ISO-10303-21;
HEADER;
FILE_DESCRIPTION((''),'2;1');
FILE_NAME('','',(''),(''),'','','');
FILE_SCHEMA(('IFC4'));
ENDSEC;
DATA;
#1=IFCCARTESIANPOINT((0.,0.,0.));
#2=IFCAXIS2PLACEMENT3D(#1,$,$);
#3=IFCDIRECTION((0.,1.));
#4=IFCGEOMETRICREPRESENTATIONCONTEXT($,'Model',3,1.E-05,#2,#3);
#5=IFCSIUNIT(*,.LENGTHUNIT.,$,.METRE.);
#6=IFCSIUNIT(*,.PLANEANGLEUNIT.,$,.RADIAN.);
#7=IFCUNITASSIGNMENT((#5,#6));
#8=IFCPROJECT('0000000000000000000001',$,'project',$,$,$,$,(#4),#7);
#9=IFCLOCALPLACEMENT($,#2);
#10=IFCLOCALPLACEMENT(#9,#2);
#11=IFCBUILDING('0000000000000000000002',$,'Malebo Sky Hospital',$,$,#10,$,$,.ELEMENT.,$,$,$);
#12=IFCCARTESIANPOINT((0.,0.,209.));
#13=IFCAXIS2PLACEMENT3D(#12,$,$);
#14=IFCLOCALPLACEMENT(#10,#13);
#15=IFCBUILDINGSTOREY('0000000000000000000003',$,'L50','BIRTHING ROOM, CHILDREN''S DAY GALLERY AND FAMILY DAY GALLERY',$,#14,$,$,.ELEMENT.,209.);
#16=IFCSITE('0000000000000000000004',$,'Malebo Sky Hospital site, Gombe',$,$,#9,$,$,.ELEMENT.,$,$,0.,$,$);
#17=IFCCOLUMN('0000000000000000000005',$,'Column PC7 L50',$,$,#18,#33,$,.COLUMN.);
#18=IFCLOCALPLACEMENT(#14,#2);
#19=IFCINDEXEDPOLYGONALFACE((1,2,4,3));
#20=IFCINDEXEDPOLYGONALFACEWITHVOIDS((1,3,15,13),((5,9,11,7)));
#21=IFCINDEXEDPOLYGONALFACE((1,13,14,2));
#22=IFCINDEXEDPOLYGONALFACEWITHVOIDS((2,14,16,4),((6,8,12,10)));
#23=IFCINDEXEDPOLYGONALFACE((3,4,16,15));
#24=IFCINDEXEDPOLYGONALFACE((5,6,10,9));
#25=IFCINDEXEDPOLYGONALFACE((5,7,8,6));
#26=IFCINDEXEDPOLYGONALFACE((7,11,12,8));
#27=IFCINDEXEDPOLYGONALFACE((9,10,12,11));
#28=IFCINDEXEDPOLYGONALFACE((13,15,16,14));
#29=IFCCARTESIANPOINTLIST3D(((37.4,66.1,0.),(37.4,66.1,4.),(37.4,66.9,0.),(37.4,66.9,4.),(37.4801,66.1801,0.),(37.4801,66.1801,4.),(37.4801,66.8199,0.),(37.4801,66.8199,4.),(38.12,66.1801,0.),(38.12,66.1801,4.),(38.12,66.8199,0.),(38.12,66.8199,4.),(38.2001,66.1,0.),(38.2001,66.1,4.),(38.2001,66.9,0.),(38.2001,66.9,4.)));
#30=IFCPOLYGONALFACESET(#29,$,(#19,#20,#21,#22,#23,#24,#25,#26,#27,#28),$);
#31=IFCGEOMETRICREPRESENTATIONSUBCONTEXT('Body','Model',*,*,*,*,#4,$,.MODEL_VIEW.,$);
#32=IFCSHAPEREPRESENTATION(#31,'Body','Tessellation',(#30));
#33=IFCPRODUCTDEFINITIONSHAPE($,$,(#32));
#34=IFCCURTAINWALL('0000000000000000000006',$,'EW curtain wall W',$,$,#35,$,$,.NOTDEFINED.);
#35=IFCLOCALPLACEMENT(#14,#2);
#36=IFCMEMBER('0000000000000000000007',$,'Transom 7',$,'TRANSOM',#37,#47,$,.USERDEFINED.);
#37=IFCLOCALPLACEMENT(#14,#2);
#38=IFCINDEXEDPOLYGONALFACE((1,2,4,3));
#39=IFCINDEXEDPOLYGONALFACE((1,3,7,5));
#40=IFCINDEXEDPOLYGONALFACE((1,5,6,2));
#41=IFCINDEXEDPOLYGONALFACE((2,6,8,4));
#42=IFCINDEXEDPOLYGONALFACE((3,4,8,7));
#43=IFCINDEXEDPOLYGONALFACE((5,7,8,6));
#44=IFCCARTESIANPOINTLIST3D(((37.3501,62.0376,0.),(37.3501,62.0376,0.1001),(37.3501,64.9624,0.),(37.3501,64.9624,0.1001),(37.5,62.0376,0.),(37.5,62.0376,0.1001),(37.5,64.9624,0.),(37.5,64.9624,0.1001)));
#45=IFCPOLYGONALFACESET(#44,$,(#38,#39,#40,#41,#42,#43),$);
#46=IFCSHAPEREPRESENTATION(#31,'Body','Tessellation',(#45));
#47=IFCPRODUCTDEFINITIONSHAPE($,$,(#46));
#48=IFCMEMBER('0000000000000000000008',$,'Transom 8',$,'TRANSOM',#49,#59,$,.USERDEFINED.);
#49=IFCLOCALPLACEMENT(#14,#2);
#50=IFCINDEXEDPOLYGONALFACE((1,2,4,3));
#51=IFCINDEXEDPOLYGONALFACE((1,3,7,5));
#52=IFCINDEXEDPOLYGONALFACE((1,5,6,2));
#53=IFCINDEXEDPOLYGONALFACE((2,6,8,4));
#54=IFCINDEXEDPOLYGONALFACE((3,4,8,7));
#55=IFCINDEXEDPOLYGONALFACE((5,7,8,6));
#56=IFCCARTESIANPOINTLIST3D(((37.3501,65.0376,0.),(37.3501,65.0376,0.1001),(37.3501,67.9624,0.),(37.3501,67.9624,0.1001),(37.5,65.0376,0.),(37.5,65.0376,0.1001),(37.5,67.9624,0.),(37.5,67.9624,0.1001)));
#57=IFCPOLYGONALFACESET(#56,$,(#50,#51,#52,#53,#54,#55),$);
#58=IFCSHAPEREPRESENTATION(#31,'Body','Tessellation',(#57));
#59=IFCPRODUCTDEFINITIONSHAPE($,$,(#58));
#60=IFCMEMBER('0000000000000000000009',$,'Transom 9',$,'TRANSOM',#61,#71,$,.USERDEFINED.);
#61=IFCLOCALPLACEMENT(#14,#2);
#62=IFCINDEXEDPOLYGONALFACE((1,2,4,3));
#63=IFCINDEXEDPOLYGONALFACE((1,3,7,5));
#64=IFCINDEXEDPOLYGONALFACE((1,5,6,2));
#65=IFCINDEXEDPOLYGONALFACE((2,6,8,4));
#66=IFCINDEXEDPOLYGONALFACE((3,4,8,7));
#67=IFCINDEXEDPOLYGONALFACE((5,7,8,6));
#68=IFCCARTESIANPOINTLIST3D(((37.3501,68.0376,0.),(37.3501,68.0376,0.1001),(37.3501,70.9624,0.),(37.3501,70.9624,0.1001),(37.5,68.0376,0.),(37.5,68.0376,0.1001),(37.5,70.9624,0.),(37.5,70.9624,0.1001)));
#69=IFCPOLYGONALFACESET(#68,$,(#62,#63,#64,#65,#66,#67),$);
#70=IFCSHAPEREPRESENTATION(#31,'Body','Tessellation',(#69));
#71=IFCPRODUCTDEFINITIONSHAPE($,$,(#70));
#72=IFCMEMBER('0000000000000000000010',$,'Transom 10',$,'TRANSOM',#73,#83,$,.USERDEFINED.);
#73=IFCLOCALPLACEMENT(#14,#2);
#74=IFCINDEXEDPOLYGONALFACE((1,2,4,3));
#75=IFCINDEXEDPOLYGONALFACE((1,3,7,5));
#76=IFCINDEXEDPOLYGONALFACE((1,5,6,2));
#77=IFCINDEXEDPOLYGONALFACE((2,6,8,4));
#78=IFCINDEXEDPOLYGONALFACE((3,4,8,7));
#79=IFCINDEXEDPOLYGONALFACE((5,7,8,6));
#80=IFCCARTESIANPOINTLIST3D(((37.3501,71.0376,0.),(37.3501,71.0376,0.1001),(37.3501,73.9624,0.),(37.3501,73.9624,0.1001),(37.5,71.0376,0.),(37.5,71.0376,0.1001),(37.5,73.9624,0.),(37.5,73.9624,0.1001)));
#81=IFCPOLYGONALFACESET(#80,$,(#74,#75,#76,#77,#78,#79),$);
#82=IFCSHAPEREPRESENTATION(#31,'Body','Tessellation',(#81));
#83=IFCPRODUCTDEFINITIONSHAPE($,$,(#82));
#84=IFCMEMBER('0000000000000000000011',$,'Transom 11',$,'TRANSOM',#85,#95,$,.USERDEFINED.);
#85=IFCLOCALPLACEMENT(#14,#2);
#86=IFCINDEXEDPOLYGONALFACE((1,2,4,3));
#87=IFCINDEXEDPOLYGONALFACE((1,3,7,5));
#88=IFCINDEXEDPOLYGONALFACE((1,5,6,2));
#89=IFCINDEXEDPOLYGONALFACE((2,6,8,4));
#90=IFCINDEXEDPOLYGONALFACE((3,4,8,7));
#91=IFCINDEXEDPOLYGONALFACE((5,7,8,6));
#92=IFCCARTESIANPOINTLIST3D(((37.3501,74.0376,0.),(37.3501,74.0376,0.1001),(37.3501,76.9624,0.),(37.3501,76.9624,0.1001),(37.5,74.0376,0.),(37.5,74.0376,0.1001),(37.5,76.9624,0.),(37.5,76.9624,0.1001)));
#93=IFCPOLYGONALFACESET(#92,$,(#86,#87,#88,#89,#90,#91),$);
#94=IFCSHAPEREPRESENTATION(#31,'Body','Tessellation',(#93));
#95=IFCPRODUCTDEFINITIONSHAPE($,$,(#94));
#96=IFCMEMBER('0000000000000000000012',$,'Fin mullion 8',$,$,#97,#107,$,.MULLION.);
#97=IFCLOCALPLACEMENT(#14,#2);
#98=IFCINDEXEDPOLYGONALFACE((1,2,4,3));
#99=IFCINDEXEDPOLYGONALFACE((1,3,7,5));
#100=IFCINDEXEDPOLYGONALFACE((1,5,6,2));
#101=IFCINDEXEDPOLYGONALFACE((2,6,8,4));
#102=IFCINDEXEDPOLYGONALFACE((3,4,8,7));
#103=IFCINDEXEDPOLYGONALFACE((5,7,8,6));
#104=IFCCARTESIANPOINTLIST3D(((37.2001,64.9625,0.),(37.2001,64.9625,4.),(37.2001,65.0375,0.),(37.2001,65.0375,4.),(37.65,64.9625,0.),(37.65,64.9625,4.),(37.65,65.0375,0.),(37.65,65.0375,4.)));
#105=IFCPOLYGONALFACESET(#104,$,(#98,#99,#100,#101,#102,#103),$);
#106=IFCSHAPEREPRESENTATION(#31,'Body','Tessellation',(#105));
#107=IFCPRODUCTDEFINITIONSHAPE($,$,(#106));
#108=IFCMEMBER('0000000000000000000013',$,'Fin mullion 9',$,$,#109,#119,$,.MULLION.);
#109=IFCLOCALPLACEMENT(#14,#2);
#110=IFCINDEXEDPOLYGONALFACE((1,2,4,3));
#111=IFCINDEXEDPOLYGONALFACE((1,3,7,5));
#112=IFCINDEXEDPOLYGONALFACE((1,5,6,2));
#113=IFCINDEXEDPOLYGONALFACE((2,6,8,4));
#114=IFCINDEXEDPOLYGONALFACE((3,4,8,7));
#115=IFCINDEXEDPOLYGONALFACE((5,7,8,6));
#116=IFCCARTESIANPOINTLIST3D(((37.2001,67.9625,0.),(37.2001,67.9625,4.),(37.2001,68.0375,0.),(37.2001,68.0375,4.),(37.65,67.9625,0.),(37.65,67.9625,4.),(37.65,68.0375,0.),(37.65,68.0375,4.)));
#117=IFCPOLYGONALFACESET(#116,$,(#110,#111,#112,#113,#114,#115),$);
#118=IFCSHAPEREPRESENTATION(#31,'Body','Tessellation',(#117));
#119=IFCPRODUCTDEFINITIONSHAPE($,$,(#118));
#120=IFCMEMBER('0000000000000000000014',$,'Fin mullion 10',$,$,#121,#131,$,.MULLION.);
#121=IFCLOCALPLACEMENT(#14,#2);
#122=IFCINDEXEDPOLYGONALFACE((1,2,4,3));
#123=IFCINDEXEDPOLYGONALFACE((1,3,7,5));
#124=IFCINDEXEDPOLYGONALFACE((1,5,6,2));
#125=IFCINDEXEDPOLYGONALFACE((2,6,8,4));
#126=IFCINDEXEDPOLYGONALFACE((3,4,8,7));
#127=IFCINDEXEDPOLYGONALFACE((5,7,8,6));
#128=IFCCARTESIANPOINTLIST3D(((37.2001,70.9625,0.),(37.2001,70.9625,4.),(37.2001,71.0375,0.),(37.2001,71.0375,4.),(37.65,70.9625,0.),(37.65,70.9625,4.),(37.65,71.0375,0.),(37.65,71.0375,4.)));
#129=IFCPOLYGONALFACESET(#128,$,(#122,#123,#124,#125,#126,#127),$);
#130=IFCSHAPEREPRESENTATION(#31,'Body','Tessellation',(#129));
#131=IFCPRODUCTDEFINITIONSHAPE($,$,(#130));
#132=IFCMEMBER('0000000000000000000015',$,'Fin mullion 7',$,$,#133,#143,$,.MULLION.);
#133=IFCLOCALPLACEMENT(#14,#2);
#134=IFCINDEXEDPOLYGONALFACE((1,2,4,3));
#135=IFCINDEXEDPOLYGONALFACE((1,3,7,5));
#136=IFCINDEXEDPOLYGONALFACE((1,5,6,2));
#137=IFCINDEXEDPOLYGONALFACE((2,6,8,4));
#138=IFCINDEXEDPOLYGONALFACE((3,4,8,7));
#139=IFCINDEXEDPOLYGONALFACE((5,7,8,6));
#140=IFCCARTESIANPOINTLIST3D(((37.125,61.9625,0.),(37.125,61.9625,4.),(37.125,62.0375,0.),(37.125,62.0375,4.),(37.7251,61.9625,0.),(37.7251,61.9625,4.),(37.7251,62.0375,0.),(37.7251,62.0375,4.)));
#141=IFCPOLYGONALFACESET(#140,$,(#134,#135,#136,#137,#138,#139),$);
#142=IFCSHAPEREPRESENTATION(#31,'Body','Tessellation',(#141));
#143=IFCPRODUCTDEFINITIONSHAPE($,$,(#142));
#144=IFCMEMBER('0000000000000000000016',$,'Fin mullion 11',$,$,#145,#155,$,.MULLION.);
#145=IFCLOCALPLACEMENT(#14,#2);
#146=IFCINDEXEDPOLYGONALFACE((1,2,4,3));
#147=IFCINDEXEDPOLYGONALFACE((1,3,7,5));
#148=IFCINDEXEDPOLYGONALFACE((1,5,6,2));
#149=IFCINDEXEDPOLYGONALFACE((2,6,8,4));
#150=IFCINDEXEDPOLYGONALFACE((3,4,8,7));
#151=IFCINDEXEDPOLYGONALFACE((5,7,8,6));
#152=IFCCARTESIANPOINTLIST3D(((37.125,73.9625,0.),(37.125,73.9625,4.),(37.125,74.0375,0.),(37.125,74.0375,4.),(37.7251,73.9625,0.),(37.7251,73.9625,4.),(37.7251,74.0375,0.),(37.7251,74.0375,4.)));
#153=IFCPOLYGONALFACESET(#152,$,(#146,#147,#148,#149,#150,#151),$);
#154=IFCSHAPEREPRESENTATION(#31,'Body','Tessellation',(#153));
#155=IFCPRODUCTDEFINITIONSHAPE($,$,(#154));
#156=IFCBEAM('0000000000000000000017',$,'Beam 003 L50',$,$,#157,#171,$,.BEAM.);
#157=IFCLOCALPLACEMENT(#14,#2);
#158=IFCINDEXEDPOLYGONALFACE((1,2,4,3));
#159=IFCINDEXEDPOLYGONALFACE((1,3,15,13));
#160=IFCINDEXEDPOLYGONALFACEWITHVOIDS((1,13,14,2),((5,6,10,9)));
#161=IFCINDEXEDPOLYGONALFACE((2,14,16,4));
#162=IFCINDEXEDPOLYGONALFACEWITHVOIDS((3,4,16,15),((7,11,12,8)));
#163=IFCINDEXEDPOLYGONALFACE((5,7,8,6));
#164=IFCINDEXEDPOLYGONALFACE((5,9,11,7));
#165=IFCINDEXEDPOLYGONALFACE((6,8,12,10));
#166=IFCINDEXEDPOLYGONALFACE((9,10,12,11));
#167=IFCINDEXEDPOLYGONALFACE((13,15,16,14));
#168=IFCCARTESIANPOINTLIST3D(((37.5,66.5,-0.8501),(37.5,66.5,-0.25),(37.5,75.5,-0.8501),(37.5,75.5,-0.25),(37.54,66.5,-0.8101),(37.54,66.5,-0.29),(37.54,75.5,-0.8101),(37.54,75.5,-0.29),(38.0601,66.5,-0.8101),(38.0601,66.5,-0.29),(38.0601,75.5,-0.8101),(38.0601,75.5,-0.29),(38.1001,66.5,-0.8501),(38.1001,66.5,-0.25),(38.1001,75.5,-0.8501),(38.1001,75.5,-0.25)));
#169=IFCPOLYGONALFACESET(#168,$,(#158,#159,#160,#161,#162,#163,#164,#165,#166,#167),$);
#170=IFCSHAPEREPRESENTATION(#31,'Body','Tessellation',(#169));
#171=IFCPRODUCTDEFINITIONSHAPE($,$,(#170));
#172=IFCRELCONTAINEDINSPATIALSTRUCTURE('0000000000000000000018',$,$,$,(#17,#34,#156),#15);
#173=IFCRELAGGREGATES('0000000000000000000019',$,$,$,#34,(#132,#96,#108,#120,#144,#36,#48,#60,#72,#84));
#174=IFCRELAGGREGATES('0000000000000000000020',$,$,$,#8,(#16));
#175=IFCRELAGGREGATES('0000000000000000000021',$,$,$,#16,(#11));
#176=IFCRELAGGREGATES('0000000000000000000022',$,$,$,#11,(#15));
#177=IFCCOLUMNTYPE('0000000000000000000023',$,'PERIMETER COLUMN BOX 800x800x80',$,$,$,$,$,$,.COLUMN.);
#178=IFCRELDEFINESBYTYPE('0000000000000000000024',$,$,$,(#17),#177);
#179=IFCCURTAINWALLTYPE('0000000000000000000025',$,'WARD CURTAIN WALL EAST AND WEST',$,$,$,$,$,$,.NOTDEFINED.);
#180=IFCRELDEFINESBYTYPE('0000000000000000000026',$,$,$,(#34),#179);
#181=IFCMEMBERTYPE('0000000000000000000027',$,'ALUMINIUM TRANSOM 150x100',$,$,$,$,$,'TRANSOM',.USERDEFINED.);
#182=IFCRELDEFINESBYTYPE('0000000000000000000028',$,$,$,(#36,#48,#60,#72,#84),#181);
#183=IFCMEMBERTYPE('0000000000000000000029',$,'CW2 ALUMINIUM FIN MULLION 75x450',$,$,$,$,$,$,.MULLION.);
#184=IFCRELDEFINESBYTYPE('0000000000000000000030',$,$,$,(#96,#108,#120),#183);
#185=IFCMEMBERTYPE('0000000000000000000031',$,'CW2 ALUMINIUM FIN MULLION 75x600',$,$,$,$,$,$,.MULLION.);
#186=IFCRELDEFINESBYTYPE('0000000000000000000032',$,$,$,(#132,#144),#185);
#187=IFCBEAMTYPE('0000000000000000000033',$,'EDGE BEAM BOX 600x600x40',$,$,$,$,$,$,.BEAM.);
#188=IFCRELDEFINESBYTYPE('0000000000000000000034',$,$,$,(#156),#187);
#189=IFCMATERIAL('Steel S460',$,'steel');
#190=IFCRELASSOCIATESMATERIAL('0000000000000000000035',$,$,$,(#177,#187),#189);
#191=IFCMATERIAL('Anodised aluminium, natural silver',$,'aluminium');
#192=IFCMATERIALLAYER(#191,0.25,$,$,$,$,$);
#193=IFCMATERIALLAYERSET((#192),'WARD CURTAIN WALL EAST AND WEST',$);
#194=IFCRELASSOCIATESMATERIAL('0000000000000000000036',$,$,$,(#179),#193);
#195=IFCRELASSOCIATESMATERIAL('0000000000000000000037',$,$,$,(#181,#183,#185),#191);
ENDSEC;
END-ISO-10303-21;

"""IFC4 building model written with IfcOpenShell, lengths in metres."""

from ifc_helpers import new_model, si_unit, direction, frame, origin, origin_2d, place, context, subcontext, project, spatial, rectangle, hollow_rectangle, extrude, material, layer, layer_set, material_profile, profile_set, type_object, element, aggregate, save


model = new_model("IFC4")

# Units and contexts
model_context = context("Model", 3, precision=1e-05, world=origin(), true_north=direction((0.0, 1.0)))
body_context = subcontext(model_context, "Body", "Model", "MODEL_VIEW")
ifc_project = project(units=[si_unit("LENGTHUNIT", "METRE"), si_unit("PLANEANGLEUNIT", "RADIAN")], contexts=[model_context])

# Site, building, storey
site_placement = place(None, origin())
site = spatial("IfcSite", under=ifc_project, at=site_placement, Name="Malebo Sky Hospital site, Gombe", CompositionType="ELEMENT", RefElevation=0.0)
building_placement = place(site_placement, origin())
building = spatial("IfcBuilding", under=site, at=building_placement, Name="Malebo Sky Hospital", CompositionType="ELEMENT")
storey_placement = place(building_placement, frame((0.0, 0.0, 209.0)))
storey = spatial("IfcBuildingStorey", under=building, at=storey_placement, Name="L50", Description="BIRTHING ROOM, CHILDREN'S DAY GALLERY AND FAMILY DAY GALLERY", CompositionType="ELEMENT", Elevation=209.0)

# Column
ifc_material_1 = material(Name="Steel S460", Category="steel")
ifc_material_profile_1 = material_profile(ifc_material_1, hollow_rectangle(XDim=0.8, YDim=0.8, WallThickness=0.0801, at=origin_2d()), Name="BOX 800x800x80")
ifc_profile_set_1 = profile_set([ifc_material_profile_1], Name="Steel S460")
column_type = type_object("IfcColumnType", Name="PERIMETER COLUMN BOX 800x800x80", PredefinedType="COLUMN", material=ifc_profile_set_1)
column_placement = place(storey_placement, frame((37.8, 66.5, 0.0), z_axis=(0.0, 0.0, 1.0), x_axis=(1.0, 0.0, 0.0)))
element("IfcColumn", 1, at=column_placement, inside=storey, type_object=column_type, Name="Column PC7 L50", PredefinedType="COLUMN", context=body_context, shape_type="SweptSolid", body=[
    extrude(hollow_rectangle(XDim=0.8, YDim=0.8, WallThickness=0.0801, at=origin_2d()), origin(), (0.0, 0.0, 1.0), 4.0),
])

# Curtain wall, members
ifc_material_2 = material(Name="Anodised aluminium, natural silver", Category="aluminium")
ifc_layer_1 = layer(ifc_material_2, 0.25)
ifc_layer_set_1 = layer_set([ifc_layer_1], Name="WARD CURTAIN WALL EAST AND WEST")
curtain_wall_type = type_object("IfcCurtainWallType", Name="WARD CURTAIN WALL EAST AND WEST", PredefinedType="NOTDEFINED", material=ifc_layer_set_1)
curtain_wall_placement = place(storey_placement, origin())
curtain_wall = element("IfcCurtainWall", 2, at=curtain_wall_placement, inside=storey, type_object=curtain_wall_type, Name="EW curtain wall W", PredefinedType="NOTDEFINED")
ifc_material_profile_2 = material_profile(ifc_material_2, rectangle(XDim=0.1499, YDim=0.1001, at=origin_2d()), Name="ALUMINIUM TRANSOM 150x100")
ifc_profile_set_2 = profile_set([ifc_material_profile_2], Name="Anodised aluminium, natural silver")
member_type_1 = type_object("IfcMemberType", Name="ALUMINIUM TRANSOM 150x100", ElementType="TRANSOM", PredefinedType="USERDEFINED", material=ifc_profile_set_2)
member_1_placement = place(storey_placement, frame((37.425, 62.0376, 0.05), z_axis=(0.0, 1.0, 0.0), x_axis=(-1.0, 0.0, 0.0)))
member_1 = element("IfcMember", 3, at=member_1_placement, type_object=member_type_1, Name="Transom 7", ObjectType="TRANSOM", PredefinedType="USERDEFINED", context=body_context, shape_type="SweptSolid", body=[
    extrude(rectangle(XDim=0.1499, YDim=0.1001, at=origin_2d()), origin(), (0.0, 0.0, 1.0), 2.9248),
])
member_2_placement = place(storey_placement, frame((37.425, 65.0376, 0.05), z_axis=(0.0, 1.0, 0.0), x_axis=(-1.0, 0.0, 0.0)))
member_2 = element("IfcMember", 4, at=member_2_placement, type_object=member_type_1, Name="Transom 8", ObjectType="TRANSOM", PredefinedType="USERDEFINED", context=body_context, shape_type="SweptSolid", body=[
    extrude(rectangle(XDim=0.1499, YDim=0.1001, at=origin_2d()), origin(), (0.0, 0.0, 1.0), 2.9248),
])
member_3_placement = place(storey_placement, frame((37.425, 68.0376, 0.05), z_axis=(0.0, 1.0, 0.0), x_axis=(-1.0, 0.0, 0.0)))
member_3 = element("IfcMember", 5, at=member_3_placement, type_object=member_type_1, Name="Transom 9", ObjectType="TRANSOM", PredefinedType="USERDEFINED", context=body_context, shape_type="SweptSolid", body=[
    extrude(rectangle(XDim=0.1499, YDim=0.1001, at=origin_2d()), origin(), (0.0, 0.0, 1.0), 2.9248),
])
member_4_placement = place(storey_placement, frame((37.425, 71.0376, 0.05), z_axis=(0.0, 1.0, 0.0), x_axis=(-1.0, 0.0, 0.0)))
member_4 = element("IfcMember", 6, at=member_4_placement, type_object=member_type_1, Name="Transom 10", ObjectType="TRANSOM", PredefinedType="USERDEFINED", context=body_context, shape_type="SweptSolid", body=[
    extrude(rectangle(XDim=0.1499, YDim=0.1001, at=origin_2d()), origin(), (0.0, 0.0, 1.0), 2.9248),
])
member_5_placement = place(storey_placement, frame((37.425, 74.0376, 0.05), z_axis=(0.0, 1.0, 0.0), x_axis=(-1.0, 0.0, 0.0)))
member_5 = element("IfcMember", 7, at=member_5_placement, type_object=member_type_1, Name="Transom 11", ObjectType="TRANSOM", PredefinedType="USERDEFINED", context=body_context, shape_type="SweptSolid", body=[
    extrude(rectangle(XDim=0.1499, YDim=0.1001, at=origin_2d()), origin(), (0.0, 0.0, 1.0), 2.9248),
])
ifc_material_profile_3 = material_profile(ifc_material_2, rectangle(XDim=0.075, YDim=0.45, at=origin_2d()), Name="CW2 ALUMINIUM FIN MULLION 75x450")
ifc_profile_set_3 = profile_set([ifc_material_profile_3], Name="Anodised aluminium, natural silver")
member_type_2 = type_object("IfcMemberType", Name="CW2 ALUMINIUM FIN MULLION 75x450", PredefinedType="MULLION", material=ifc_profile_set_3)
member_6_placement = place(storey_placement, frame((37.425, 65.0, 0.0), z_axis=(0.0, 0.0, 1.0), x_axis=(0.0, 1.0, 0.0)))
member_6 = element("IfcMember", 8, at=member_6_placement, type_object=member_type_2, Name="Fin mullion 8", PredefinedType="MULLION", context=body_context, shape_type="SweptSolid", body=[
    extrude(rectangle(XDim=0.075, YDim=0.45, at=origin_2d()), origin(), (0.0, 0.0, 1.0), 4.0),
])
member_7_placement = place(storey_placement, frame((37.425, 68.0, 0.0), z_axis=(0.0, 0.0, 1.0), x_axis=(0.0, 1.0, 0.0)))
member_7 = element("IfcMember", 9, at=member_7_placement, type_object=member_type_2, Name="Fin mullion 9", PredefinedType="MULLION", context=body_context, shape_type="SweptSolid", body=[
    extrude(rectangle(XDim=0.075, YDim=0.45, at=origin_2d()), origin(), (0.0, 0.0, 1.0), 4.0),
])
member_8_placement = place(storey_placement, frame((37.425, 71.0, 0.0), z_axis=(0.0, 0.0, 1.0), x_axis=(0.0, 1.0, 0.0)))
member_8 = element("IfcMember", 10, at=member_8_placement, type_object=member_type_2, Name="Fin mullion 10", PredefinedType="MULLION", context=body_context, shape_type="SweptSolid", body=[
    extrude(rectangle(XDim=0.075, YDim=0.45, at=origin_2d()), origin(), (0.0, 0.0, 1.0), 4.0),
])
ifc_material_profile_4 = material_profile(ifc_material_2, rectangle(XDim=0.075, YDim=0.6001, at=origin_2d()), Name="CW2 ALUMINIUM FIN MULLION 75x600")
ifc_profile_set_4 = profile_set([ifc_material_profile_4], Name="Anodised aluminium, natural silver")
member_type_3 = type_object("IfcMemberType", Name="CW2 ALUMINIUM FIN MULLION 75x600", PredefinedType="MULLION", material=ifc_profile_set_4)
member_9_placement = place(storey_placement, frame((37.425, 62.0, 0.0), z_axis=(0.0, 0.0, 1.0), x_axis=(0.0, 1.0, 0.0)))
member_9 = element("IfcMember", 11, at=member_9_placement, type_object=member_type_3, Name="Fin mullion 7", PredefinedType="MULLION", context=body_context, shape_type="SweptSolid", body=[
    extrude(rectangle(XDim=0.075, YDim=0.6001, at=origin_2d()), origin(), (0.0, 0.0, 1.0), 4.0),
])
member_10_placement = place(storey_placement, frame((37.425, 74.0, 0.0), z_axis=(0.0, 0.0, 1.0), x_axis=(0.0, 1.0, 0.0)))
member_10 = element("IfcMember", 12, at=member_10_placement, type_object=member_type_3, Name="Fin mullion 11", PredefinedType="MULLION", context=body_context, shape_type="SweptSolid", body=[
    extrude(rectangle(XDim=0.075, YDim=0.6001, at=origin_2d()), origin(), (0.0, 0.0, 1.0), 4.0),
])

# Beam
ifc_material_profile_5 = material_profile(ifc_material_1, hollow_rectangle(XDim=0.6001, YDim=0.6001, WallThickness=0.04, at=origin_2d()), Name="BOX 600x600x40")
ifc_profile_set_5 = profile_set([ifc_material_profile_5], Name="Steel S460")
beam_type_1 = type_object("IfcBeamType", Name="EDGE BEAM BOX 600x600x40", PredefinedType="BEAM", material=ifc_profile_set_5)
beam_1_placement = place(storey_placement, frame((37.8, 66.5, -0.55), z_axis=(0.0, 1.0, 0.0), x_axis=(-1.0, 0.0, 0.0)))
element("IfcBeam", 13, at=beam_1_placement, inside=storey, type_object=beam_type_1, Name="Beam 003 L50", PredefinedType="BEAM", context=body_context, shape_type="SweptSolid", body=[
    extrude(hollow_rectangle(XDim=0.6001, YDim=0.6001, WallThickness=0.04, at=origin_2d()), origin(), (0.0, 0.0, 1.0), 9.0),
])

aggregate(curtain_wall, [member_9, member_6, member_7, member_8, member_10, member_1, member_2, member_3, member_4, member_5])

save(model, "model.ifc")
